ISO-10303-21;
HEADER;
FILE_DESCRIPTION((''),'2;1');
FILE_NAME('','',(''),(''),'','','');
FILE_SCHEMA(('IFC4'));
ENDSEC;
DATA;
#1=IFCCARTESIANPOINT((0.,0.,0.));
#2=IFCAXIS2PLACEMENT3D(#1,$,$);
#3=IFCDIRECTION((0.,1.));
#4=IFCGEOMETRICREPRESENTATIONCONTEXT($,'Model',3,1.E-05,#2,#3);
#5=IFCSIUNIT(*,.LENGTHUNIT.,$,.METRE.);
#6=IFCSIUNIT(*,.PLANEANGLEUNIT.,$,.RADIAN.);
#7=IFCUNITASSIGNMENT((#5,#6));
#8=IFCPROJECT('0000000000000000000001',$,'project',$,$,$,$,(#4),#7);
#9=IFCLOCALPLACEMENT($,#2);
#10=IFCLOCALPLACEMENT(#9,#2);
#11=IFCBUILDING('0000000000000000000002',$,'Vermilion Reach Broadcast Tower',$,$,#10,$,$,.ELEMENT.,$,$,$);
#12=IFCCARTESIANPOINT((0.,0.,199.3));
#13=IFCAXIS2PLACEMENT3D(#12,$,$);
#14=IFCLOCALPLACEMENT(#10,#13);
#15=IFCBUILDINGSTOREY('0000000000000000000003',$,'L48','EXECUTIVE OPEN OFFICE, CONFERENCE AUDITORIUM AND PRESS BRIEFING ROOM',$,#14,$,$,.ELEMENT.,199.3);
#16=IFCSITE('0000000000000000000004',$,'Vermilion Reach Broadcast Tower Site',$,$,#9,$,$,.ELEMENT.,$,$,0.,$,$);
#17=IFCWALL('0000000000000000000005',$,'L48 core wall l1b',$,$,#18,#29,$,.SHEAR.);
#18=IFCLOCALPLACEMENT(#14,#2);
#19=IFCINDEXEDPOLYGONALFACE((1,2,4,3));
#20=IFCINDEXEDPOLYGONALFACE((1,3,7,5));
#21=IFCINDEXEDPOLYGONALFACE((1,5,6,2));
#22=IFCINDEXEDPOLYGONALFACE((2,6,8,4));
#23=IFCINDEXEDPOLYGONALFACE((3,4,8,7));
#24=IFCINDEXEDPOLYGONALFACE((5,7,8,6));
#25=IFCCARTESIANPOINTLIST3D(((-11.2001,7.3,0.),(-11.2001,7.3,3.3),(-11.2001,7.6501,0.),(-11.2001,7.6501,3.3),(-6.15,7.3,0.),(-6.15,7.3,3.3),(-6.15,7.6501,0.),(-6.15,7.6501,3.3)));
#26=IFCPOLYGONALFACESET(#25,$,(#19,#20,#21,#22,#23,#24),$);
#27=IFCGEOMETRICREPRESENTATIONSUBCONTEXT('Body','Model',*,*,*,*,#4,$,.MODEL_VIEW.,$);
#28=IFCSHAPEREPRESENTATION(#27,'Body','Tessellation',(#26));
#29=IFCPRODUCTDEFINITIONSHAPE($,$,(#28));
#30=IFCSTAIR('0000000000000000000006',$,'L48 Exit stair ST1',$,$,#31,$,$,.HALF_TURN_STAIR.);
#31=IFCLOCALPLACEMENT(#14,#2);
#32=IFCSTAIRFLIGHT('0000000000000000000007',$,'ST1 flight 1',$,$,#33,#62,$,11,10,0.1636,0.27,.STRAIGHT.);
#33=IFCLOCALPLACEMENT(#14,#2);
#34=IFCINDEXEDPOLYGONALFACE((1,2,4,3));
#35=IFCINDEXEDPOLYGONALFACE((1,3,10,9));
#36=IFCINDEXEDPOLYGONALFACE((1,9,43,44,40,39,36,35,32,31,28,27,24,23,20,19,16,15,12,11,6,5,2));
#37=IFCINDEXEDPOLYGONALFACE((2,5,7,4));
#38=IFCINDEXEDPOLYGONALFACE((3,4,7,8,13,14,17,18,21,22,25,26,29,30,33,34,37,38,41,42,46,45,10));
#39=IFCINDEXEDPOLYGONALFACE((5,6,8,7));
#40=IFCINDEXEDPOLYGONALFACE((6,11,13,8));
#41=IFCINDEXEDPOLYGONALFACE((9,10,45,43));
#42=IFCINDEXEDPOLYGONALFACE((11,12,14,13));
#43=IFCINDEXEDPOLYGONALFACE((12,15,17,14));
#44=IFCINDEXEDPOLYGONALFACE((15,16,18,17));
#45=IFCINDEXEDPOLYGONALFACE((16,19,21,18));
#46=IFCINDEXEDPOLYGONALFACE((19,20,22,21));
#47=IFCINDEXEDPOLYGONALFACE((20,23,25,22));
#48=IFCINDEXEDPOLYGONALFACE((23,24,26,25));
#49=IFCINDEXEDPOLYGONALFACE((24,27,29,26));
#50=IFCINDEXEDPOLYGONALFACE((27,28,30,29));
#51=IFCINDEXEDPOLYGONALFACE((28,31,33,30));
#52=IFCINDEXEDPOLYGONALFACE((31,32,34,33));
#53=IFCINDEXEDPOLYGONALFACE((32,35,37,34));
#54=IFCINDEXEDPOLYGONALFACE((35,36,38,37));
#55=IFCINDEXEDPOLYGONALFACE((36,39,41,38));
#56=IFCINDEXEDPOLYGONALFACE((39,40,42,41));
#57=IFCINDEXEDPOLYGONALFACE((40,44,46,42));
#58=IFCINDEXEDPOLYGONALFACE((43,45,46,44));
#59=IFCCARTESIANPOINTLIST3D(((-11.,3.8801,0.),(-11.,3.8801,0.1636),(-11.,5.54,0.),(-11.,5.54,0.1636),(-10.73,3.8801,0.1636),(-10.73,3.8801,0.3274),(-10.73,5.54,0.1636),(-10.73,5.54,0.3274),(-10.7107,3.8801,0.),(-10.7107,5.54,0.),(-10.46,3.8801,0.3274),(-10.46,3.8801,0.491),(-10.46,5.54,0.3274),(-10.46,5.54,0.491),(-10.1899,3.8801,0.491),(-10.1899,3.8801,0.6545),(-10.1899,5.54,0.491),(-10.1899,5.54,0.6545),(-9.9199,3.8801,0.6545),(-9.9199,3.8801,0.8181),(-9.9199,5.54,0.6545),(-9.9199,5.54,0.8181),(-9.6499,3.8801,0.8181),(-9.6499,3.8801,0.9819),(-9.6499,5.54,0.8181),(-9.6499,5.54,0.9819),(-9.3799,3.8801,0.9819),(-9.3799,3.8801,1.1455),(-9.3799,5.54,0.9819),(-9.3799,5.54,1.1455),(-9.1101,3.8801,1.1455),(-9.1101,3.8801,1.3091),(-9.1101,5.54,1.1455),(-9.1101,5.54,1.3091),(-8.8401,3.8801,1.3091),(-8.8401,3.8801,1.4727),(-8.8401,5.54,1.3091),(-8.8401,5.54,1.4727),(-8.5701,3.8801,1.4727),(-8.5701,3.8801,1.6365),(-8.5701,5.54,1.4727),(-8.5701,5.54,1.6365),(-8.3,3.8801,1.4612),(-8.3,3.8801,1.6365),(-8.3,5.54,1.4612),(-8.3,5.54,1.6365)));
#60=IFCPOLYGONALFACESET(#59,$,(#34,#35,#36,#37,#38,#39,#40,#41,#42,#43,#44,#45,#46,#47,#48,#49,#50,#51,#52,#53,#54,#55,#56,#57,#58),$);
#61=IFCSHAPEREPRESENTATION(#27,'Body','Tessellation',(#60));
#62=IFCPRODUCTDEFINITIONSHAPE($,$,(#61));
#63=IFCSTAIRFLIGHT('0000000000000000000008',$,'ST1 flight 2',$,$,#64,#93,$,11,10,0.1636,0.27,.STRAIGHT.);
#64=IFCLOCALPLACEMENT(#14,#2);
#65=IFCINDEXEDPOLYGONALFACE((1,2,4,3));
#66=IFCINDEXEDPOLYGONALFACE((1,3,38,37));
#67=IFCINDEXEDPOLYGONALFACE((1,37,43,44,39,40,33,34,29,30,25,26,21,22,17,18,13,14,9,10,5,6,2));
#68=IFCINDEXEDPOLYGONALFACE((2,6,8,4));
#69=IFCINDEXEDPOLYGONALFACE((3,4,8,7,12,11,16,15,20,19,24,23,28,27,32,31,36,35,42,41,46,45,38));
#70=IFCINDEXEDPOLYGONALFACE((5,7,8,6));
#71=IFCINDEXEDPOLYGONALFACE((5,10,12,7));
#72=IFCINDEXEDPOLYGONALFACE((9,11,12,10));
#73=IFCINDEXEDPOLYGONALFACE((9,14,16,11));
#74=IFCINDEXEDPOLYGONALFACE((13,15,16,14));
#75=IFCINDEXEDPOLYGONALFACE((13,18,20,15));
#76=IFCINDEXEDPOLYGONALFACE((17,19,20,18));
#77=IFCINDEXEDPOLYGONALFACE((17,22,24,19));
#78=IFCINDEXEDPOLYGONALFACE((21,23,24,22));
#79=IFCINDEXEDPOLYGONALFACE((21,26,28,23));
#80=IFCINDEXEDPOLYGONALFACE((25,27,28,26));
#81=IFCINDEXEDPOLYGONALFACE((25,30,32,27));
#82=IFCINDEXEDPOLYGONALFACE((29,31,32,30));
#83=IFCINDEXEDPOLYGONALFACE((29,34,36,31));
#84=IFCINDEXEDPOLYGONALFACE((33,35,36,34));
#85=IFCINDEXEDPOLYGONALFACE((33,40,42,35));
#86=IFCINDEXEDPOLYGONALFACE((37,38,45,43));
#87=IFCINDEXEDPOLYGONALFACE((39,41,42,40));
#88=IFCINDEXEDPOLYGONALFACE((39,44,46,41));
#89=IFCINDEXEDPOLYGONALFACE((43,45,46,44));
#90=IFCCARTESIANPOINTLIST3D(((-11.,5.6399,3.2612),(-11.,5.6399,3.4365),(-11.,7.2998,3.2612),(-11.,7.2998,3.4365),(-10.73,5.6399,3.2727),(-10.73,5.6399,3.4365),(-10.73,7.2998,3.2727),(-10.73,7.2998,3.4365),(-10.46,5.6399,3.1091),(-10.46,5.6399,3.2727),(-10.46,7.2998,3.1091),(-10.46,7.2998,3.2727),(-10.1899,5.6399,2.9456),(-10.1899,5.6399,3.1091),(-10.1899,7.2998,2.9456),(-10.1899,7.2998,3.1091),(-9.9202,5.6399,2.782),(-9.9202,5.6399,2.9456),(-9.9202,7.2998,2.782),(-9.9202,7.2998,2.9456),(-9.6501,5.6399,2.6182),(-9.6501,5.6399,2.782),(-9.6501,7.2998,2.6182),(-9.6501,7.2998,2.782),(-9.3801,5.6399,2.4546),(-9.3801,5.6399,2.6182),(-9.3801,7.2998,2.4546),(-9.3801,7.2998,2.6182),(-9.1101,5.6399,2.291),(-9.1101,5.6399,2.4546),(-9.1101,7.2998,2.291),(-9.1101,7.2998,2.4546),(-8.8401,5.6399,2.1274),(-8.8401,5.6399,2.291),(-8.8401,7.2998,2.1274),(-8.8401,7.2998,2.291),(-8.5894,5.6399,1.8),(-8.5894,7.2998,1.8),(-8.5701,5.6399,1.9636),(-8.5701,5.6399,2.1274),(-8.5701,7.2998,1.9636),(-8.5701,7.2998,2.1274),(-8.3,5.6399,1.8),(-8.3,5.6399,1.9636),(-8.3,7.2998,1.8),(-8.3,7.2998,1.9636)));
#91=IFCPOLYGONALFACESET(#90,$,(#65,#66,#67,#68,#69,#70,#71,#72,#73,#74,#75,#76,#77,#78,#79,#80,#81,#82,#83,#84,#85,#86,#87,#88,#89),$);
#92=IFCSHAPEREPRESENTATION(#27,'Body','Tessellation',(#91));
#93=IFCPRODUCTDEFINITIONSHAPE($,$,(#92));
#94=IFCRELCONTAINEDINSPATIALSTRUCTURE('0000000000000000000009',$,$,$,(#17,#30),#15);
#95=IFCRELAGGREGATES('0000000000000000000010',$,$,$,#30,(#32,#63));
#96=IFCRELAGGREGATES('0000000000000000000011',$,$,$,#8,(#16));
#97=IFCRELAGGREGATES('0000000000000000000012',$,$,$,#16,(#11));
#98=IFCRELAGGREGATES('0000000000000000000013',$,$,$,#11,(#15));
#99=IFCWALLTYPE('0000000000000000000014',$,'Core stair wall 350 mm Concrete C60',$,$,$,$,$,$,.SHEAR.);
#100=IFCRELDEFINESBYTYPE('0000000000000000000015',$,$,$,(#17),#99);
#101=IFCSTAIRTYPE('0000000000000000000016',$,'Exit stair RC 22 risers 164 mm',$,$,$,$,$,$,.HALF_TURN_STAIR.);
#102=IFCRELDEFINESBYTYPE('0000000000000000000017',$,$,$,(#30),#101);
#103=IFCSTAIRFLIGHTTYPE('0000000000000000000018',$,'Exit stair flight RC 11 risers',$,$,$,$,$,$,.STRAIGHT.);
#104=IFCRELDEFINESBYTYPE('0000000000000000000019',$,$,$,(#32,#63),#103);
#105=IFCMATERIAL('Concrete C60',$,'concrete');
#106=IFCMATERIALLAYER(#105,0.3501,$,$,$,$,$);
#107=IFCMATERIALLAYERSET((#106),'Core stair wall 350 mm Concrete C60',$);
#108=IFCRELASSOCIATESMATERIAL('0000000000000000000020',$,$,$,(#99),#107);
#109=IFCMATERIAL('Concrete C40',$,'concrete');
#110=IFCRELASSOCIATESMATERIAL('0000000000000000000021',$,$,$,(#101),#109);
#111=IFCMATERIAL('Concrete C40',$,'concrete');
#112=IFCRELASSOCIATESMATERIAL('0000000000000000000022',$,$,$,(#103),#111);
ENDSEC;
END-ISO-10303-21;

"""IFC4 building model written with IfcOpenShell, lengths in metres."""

from ifc_helpers import new_model, si_unit, direction, frame, frame_2d, origin, place, context, subcontext, project, spatial, polyline, rectangle, outline, extrude, material, layer, layer_set, type_object, element, aggregate, save


model = new_model("IFC4")

# Units and contexts
model_context = context("Model", 3, precision=1e-05, world=origin(), true_north=direction((0.0, 1.0)))
body_context = subcontext(model_context, "Body", "Model", "MODEL_VIEW")
ifc_project = project(units=[si_unit("LENGTHUNIT", "METRE"), si_unit("PLANEANGLEUNIT", "RADIAN")], contexts=[model_context])

# Site, building, storey
site_placement = place(None, origin())
site = spatial("IfcSite", under=ifc_project, at=site_placement, Name="Vermilion Reach Broadcast Tower Site", CompositionType="ELEMENT", RefElevation=0.0)
building_placement = place(site_placement, origin())
building = spatial("IfcBuilding", under=site, at=building_placement, Name="Vermilion Reach Broadcast Tower", CompositionType="ELEMENT")
storey_placement = place(building_placement, frame((0.0, 0.0, 199.3)))
storey = spatial("IfcBuildingStorey", under=building, at=storey_placement, Name="L48", Description="EXECUTIVE OPEN OFFICE, CONFERENCE AUDITORIUM AND PRESS BRIEFING ROOM", CompositionType="ELEMENT", Elevation=199.3)

# Wall
ifc_material_1 = material(Name="Concrete C60", Category="concrete")
ifc_layer_1 = layer(ifc_material_1, 0.3501)
ifc_layer_set_1 = layer_set([ifc_layer_1], Name="Core stair wall 350 mm Concrete C60")
wall_type_1 = type_object("IfcWallType", Name="Core stair wall 350 mm Concrete C60", PredefinedType="SHEAR", material=ifc_layer_set_1)
wall_1_placement = place(storey_placement, frame((-11.2, 7.4751, 0.0), z_axis=(0.0, 0.0, 1.0), x_axis=(1.0, 0.0, 0.0)))
element("IfcWall", 1, at=wall_1_placement, inside=storey, type_object=wall_type_1, Name="L48 core wall l1b", PredefinedType="SHEAR", context=body_context, shape_type="SweptSolid", body=[
    extrude(rectangle(XDim=5.05, YDim=0.3501, at=frame_2d((2.5249, 0.0))), origin(), (0.0, 0.0, 1.0), 3.3),
])

# Stair, stair flights
ifc_material_2 = material(Name="Concrete C40", Category="concrete")
stair_type = type_object("IfcStairType", Name="Exit stair RC 22 risers 164 mm", PredefinedType="HALF_TURN_STAIR", material=ifc_material_2)
stair_placement = place(storey_placement, origin())
stair = element("IfcStair", 2, at=stair_placement, inside=storey, type_object=stair_type, Name="L48 Exit stair ST1", PredefinedType="HALF_TURN_STAIR")
ifc_material_3 = material(Name="Concrete C40", Category="concrete")
stair_flight_type = type_object("IfcStairFlightType", Name="Exit stair flight RC 11 risers", PredefinedType="STRAIGHT", material=ifc_material_3)
stair_flight_1_placement = place(storey_placement, frame((-11.0, 4.71, 0.0), z_axis=(0.0, 0.0, 1.0), x_axis=(1.0, 0.0, 0.0)))
stair_flight_1 = element("IfcStairFlight", 3, at=stair_flight_1_placement, type_object=stair_flight_type, Name="ST1 flight 1", NumberOfRisers=11, NumberOfTreads=10, PredefinedType="STRAIGHT", RiserHeight=0.1636, TreadLength=0.27, context=body_context, shape_type="SweptSolid", body=[
    extrude(outline(polyline([(0.0, 0.0), (0.0, 0.1636), (0.27, 0.1636), (0.27, 0.3274), (0.54, 0.3274), (0.54, 0.491), (0.8101, 0.491), (0.8101, 0.6545), (1.0801, 0.6545), (1.0801, 0.8181), (1.3501, 0.8181), (1.3501, 0.9819), (1.6201, 0.9819), (1.6201, 1.1455), (1.8899, 1.1455), (1.8899, 1.3091), (2.1599, 1.3091), (2.1599, 1.4727), (2.4299, 1.4727), (2.4299, 1.6365), (2.7, 1.6365), (2.7, 1.8), (2.7, 1.4612), (0.2893, 0.0), (0.0, 0.0)])), frame((0.0, 0.8301, 0.0), z_axis=(0.0, -1.0, 0.0), x_axis=(1.0, 0.0, 0.0)), (0.0, 0.0, 1.0), 1.6599),
])
stair_flight_2_placement = place(storey_placement, frame((-8.3, 6.47, 1.8), z_axis=(0.0, 0.0, 1.0), x_axis=(-1.0, 0.0, 0.0)))
stair_flight_2 = element("IfcStairFlight", 4, at=stair_flight_2_placement, type_object=stair_flight_type, Name="ST1 flight 2", NumberOfRisers=11, NumberOfTreads=10, PredefinedType="STRAIGHT", RiserHeight=0.1636, TreadLength=0.27, context=body_context, shape_type="SweptSolid", body=[
    extrude(outline(polyline([(0.0, 0.0), (0.0, 0.1636), (0.27, 0.1636), (0.27, 0.3274), (0.54, 0.3274), (0.54, 0.491), (0.8101, 0.491), (0.8101, 0.6545), (1.0801, 0.6545), (1.0801, 0.8181), (1.3501, 0.8181), (1.3501, 0.9819), (1.6201, 0.9819), (1.6201, 1.1455), (1.8899, 1.1455), (1.8899, 1.3091), (2.1599, 1.3091), (2.1599, 1.4727), (2.4299, 1.4727), (2.4299, 1.6365), (2.7, 1.6365), (2.7, 1.8), (2.7, 1.4612), (0.2893, 0.0), (0.0, 0.0)])), frame((0.0, 0.8301, 0.0), z_axis=(0.0, -1.0, 0.0), x_axis=(1.0, 0.0, 0.0)), (0.0, 0.0, 1.0), 1.6599),
])
aggregate(stair, [stair_flight_1, stair_flight_2])

save(model, "model.ifc")
